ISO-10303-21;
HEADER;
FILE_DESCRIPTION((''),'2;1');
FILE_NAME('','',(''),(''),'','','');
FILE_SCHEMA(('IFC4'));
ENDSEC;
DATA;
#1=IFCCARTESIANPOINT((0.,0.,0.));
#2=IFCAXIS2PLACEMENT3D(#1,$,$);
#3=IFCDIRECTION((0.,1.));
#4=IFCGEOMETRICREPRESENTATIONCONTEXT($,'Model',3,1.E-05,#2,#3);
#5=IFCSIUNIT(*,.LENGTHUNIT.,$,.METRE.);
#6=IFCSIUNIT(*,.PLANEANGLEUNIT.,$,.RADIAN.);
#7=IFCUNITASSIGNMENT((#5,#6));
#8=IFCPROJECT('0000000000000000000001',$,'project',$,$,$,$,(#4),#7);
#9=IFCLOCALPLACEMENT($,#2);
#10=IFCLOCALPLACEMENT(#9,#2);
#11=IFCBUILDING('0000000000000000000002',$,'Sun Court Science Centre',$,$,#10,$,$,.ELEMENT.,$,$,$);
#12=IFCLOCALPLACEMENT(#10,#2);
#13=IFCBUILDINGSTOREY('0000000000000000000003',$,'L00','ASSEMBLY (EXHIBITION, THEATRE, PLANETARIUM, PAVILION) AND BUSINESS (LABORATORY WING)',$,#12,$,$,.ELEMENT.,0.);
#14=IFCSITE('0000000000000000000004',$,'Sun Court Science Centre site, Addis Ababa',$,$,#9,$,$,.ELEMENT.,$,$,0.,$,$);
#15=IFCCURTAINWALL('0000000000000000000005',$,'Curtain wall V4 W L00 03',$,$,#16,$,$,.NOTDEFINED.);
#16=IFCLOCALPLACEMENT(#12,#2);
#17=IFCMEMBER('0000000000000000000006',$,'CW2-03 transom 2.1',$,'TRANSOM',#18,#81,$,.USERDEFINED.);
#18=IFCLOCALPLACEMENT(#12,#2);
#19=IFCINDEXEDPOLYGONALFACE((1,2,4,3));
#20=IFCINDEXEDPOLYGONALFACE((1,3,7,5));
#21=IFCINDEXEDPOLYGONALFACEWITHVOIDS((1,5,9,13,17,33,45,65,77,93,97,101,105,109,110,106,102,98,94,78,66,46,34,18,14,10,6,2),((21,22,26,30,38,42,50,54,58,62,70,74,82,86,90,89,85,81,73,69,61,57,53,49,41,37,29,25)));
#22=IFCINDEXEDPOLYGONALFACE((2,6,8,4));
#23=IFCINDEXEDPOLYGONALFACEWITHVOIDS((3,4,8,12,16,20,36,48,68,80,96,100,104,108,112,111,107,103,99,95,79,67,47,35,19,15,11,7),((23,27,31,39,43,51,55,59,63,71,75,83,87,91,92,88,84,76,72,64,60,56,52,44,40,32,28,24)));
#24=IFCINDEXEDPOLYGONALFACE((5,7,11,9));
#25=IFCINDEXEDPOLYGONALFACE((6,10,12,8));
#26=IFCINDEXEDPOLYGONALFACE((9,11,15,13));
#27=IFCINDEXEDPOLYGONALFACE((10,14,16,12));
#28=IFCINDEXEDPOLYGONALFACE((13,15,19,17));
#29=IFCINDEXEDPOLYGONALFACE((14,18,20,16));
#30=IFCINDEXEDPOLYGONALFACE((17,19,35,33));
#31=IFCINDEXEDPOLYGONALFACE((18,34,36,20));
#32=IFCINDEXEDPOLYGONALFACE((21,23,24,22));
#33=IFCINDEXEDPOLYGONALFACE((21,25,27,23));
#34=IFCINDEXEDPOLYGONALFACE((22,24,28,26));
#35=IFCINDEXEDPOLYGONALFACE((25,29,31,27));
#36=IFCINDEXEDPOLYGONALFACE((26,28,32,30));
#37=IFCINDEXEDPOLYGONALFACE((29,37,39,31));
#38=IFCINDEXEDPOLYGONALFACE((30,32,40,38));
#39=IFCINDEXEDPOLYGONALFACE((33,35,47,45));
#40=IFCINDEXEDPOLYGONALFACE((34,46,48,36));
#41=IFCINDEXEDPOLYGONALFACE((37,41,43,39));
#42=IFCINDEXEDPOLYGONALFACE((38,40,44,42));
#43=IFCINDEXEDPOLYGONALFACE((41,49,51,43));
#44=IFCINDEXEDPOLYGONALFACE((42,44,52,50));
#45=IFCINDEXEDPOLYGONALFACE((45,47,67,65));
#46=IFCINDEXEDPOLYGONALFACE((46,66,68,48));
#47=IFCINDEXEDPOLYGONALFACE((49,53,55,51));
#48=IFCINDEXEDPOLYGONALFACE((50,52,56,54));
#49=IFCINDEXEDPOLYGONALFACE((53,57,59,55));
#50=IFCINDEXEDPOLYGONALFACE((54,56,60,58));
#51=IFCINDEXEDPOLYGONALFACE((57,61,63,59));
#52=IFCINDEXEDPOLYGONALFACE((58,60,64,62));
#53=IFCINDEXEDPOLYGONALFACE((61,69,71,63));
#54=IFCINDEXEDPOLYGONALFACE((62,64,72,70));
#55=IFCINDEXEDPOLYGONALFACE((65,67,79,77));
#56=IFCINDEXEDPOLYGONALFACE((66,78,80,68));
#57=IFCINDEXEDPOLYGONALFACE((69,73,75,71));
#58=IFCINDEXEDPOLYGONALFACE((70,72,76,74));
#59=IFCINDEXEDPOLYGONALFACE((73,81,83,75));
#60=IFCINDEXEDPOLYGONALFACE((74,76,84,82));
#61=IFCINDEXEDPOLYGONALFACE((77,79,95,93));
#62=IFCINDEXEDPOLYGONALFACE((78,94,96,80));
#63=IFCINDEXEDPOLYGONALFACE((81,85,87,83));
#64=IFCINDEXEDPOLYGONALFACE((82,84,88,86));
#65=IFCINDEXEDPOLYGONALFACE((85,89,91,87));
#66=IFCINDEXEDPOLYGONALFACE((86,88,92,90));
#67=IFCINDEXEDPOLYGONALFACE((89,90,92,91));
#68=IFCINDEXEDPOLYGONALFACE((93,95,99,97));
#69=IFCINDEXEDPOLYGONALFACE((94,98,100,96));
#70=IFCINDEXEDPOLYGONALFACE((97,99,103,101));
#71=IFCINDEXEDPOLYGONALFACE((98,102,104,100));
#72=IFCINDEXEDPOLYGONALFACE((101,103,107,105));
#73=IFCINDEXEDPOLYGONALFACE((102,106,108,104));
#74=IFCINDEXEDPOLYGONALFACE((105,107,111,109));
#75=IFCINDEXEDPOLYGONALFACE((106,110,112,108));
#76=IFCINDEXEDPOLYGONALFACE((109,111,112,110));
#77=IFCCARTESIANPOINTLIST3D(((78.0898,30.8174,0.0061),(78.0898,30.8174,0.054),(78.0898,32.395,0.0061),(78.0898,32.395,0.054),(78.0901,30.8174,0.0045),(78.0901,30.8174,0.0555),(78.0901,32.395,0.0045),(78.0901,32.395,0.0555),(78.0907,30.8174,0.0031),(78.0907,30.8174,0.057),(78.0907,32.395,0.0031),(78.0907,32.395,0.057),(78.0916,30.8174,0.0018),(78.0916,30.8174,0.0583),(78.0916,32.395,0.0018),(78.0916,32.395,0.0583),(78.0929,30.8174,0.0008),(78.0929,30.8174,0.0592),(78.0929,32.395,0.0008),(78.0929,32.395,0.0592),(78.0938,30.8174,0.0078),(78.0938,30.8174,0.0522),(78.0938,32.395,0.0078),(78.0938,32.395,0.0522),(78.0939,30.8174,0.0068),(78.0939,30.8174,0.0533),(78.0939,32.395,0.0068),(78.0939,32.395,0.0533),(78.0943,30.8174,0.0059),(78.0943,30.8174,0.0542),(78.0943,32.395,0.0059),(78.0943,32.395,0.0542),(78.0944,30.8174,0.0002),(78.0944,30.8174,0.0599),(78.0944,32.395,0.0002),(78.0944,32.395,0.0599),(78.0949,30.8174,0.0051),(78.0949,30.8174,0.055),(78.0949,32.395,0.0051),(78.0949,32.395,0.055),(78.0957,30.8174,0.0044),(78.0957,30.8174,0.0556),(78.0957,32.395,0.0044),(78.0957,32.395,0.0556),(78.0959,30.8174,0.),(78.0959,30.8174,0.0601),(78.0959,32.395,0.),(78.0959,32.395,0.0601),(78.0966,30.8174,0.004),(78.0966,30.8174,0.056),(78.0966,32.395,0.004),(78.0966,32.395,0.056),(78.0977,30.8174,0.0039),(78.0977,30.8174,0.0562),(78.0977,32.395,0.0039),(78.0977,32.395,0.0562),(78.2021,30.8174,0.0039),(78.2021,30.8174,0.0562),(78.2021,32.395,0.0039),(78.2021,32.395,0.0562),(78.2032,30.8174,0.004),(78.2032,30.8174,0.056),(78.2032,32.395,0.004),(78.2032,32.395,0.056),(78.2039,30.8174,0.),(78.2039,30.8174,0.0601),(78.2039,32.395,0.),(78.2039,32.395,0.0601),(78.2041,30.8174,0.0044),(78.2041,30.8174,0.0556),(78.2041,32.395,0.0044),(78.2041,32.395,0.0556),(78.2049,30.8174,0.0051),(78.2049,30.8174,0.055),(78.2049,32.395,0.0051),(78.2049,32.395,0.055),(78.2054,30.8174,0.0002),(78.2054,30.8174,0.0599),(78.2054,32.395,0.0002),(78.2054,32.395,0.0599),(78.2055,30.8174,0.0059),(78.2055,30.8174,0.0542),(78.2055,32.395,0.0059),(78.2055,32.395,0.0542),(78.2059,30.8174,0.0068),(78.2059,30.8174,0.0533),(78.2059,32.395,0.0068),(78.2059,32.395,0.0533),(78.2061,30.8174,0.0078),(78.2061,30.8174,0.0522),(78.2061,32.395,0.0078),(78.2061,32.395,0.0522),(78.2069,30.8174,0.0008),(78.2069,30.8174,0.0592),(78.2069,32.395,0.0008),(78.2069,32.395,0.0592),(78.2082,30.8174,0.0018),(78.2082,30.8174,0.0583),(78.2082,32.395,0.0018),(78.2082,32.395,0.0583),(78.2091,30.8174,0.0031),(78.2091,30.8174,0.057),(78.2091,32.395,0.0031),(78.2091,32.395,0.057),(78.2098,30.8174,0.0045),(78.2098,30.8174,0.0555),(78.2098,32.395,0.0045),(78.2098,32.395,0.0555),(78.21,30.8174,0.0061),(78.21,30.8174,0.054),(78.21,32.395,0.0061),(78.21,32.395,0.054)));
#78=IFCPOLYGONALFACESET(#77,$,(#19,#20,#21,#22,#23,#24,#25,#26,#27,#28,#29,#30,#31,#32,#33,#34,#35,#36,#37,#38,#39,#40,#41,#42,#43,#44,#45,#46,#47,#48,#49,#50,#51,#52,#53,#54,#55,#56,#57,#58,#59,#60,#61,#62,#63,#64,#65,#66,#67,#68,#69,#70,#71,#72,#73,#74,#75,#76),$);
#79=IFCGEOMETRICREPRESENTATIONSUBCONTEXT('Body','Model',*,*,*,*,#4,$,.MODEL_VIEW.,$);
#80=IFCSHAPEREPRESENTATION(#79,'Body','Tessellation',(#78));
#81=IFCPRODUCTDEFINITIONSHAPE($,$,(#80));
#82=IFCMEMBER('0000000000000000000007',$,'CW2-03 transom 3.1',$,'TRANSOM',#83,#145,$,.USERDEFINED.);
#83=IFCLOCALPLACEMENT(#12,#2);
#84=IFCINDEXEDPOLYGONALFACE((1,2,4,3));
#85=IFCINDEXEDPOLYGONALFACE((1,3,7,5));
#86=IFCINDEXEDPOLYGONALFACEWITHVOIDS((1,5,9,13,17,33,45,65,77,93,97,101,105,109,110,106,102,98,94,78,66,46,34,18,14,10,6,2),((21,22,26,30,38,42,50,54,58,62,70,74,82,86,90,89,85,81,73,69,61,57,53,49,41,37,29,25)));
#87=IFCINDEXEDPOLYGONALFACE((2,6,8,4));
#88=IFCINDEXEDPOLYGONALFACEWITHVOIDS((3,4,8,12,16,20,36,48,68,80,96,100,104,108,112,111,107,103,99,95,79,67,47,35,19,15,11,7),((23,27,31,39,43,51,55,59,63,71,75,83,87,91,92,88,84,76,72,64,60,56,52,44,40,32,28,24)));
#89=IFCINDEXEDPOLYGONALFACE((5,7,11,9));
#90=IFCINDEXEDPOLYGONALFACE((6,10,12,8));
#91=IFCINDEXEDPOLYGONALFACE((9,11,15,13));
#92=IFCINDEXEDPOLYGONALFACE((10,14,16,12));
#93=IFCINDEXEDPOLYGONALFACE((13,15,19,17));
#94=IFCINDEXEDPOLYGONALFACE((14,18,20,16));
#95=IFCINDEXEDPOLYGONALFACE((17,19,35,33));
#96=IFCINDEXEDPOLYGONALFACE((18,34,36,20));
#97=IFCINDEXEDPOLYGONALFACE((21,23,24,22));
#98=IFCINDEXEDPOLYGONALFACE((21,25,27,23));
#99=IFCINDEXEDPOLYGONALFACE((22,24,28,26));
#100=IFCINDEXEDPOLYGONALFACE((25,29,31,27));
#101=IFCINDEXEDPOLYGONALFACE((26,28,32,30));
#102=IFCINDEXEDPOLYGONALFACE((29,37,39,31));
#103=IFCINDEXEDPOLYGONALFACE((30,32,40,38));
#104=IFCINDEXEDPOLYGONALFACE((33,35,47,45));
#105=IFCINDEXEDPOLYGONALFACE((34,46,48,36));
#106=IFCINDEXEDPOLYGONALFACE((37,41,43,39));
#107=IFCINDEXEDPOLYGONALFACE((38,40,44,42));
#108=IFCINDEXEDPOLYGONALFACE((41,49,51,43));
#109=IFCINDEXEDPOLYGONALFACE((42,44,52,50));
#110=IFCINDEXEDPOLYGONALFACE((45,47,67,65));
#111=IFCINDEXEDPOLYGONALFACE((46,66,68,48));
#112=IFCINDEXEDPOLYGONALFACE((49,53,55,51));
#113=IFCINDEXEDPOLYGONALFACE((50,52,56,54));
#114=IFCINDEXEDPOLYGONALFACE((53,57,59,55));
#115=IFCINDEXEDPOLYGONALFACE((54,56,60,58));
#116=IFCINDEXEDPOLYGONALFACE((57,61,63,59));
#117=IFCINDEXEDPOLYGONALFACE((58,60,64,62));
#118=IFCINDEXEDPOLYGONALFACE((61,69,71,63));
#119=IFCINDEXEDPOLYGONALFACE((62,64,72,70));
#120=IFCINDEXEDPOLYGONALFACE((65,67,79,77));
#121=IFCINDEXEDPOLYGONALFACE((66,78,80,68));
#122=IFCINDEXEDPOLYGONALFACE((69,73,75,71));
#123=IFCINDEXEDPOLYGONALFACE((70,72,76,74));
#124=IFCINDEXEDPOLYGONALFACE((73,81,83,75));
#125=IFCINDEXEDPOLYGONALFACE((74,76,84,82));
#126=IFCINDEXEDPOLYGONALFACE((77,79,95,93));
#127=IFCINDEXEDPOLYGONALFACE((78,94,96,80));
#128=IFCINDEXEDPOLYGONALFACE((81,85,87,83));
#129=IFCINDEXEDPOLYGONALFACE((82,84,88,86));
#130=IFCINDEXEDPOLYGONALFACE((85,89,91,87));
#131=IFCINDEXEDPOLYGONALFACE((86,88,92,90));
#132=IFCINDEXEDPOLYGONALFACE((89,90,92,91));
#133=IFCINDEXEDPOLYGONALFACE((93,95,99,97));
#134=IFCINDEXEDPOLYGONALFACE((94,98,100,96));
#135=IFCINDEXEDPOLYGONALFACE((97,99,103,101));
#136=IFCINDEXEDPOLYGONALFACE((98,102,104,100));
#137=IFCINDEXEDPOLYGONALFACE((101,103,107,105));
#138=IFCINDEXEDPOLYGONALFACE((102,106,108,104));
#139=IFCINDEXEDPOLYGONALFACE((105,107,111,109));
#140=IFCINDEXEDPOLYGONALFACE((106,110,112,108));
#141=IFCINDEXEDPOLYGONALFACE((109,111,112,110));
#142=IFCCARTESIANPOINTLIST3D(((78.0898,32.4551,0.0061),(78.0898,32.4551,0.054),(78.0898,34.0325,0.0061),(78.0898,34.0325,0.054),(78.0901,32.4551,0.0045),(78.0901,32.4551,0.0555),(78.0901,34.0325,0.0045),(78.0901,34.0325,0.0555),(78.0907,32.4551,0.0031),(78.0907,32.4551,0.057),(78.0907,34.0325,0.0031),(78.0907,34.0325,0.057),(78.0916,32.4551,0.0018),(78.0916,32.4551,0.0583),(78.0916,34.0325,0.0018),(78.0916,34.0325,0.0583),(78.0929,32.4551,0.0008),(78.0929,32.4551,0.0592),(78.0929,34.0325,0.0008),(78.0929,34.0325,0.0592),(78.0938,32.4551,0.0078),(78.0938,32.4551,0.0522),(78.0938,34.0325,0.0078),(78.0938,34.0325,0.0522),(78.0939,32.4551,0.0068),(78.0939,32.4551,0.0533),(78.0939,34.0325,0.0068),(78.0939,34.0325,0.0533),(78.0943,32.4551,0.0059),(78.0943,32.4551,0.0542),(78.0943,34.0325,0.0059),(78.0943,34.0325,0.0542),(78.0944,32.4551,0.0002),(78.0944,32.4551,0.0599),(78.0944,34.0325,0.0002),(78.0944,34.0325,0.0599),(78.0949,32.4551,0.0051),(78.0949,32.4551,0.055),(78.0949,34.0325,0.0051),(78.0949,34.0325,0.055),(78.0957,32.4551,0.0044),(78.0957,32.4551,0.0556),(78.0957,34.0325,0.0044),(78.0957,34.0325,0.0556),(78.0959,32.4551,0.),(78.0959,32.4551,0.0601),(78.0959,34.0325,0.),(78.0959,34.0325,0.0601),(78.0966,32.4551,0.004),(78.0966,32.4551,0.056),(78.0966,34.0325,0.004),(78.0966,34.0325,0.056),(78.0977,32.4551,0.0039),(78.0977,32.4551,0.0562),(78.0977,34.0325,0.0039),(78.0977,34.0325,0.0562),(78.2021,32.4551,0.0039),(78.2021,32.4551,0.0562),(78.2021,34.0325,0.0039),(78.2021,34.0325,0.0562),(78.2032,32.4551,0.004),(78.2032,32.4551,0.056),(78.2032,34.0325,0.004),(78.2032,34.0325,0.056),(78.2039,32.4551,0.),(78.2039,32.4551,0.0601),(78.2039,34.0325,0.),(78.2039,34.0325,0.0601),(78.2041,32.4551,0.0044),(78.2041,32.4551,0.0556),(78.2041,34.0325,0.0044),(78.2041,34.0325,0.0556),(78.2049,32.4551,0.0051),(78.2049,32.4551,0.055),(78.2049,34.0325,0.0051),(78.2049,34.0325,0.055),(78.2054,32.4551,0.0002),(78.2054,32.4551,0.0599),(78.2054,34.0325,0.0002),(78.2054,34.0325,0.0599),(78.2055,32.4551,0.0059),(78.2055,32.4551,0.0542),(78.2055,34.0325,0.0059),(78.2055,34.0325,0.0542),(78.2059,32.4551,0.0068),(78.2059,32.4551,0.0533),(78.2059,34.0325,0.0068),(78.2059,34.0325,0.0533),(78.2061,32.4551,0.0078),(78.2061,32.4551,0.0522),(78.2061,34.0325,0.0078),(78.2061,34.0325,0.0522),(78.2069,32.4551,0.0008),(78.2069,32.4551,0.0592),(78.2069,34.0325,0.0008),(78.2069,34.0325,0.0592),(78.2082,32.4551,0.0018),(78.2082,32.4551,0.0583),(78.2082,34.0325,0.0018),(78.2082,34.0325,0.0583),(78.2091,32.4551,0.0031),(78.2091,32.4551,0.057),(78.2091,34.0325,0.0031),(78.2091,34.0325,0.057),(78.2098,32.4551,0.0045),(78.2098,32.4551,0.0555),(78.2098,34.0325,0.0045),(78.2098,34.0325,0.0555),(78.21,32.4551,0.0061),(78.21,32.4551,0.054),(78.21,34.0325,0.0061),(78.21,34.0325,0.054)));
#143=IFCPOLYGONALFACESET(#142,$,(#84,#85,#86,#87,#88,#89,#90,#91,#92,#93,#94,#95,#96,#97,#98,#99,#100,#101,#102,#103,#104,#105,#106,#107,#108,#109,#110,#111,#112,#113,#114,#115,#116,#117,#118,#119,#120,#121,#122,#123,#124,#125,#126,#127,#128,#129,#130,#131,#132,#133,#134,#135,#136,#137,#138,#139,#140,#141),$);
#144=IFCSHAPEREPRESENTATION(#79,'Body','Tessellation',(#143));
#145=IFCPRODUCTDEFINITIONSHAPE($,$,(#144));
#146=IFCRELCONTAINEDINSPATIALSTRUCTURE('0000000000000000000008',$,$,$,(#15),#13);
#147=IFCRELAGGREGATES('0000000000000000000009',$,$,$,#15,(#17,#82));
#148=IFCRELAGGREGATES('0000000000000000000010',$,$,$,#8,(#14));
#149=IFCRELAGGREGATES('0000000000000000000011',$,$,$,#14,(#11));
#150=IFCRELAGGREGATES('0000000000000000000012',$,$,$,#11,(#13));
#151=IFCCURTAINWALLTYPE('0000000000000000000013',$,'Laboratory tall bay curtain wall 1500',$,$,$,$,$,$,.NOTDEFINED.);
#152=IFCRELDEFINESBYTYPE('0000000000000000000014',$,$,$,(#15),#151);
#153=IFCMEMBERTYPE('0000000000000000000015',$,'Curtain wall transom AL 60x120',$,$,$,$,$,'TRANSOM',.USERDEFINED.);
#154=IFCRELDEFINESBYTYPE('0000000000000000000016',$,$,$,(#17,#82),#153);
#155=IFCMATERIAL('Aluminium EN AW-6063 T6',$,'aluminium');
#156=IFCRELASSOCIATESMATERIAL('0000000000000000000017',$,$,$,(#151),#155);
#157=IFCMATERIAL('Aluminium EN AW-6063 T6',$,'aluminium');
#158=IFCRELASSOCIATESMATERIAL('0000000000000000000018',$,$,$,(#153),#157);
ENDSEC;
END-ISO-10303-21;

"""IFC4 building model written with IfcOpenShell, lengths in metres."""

from ifc_helpers import new_model, si_unit, direction, frame, origin, origin_2d, place, context, subcontext, project, spatial, hollow_rectangle, extrude, material, material_profile, profile_set, type_object, element, aggregate, save


model = new_model("IFC4")

# Units and contexts
model_context = context("Model", 3, precision=1e-05, world=origin(), true_north=direction((0.0, 1.0)))
body_context = subcontext(model_context, "Body", "Model", "MODEL_VIEW")
ifc_project = project(units=[si_unit("LENGTHUNIT", "METRE"), si_unit("PLANEANGLEUNIT", "RADIAN")], contexts=[model_context])

# Site, building, storey
site_placement = place(None, origin())
site = spatial("IfcSite", under=ifc_project, at=site_placement, Name="Sun Court Science Centre site, Addis Ababa", CompositionType="ELEMENT", RefElevation=0.0)
building_placement = place(site_placement, origin())
building = spatial("IfcBuilding", under=site, at=building_placement, Name="Sun Court Science Centre", CompositionType="ELEMENT")
storey_placement = place(building_placement, origin())
storey = spatial("IfcBuildingStorey", under=building, at=storey_placement, Name="L00", Description="ASSEMBLY (EXHIBITION, THEATRE, PLANETARIUM, PAVILION) AND BUSINESS (LABORATORY WING)", CompositionType="ELEMENT", Elevation=0.0)

# Curtain wall, members
ifc_material_1 = material(Name="Aluminium EN AW-6063 T6", Category="aluminium")
curtain_wall_type = type_object("IfcCurtainWallType", Name="Laboratory tall bay curtain wall 1500", PredefinedType="NOTDEFINED", material=ifc_material_1)
curtain_wall_placement = place(storey_placement, origin())
curtain_wall = element("IfcCurtainWall", 1, at=curtain_wall_placement, inside=storey, type_object=curtain_wall_type, Name="Curtain wall V4 W L00 03", PredefinedType="NOTDEFINED")
ifc_material_2 = material(Name="Aluminium EN AW-6063 T6", Category="aluminium")
ifc_material_profile_1 = material_profile(ifc_material_2, hollow_rectangle(XDim=0.0601, YDim=0.1201, WallThickness=0.0039, InnerFilletRadius=0.0039, OuterFilletRadius=0.0061, at=origin_2d()), Name="AL 60x120x4")
ifc_profile_set_1 = profile_set([ifc_material_profile_1], Name="Aluminium EN AW-6063 T6")
member_type_1 = type_object("IfcMemberType", Name="Curtain wall transom AL 60x120", ElementType="TRANSOM", PredefinedType="USERDEFINED", material=ifc_profile_set_1)
member_1_placement = place(storey_placement, frame((78.1499, 30.8174, 0.03), z_axis=(0.0, 1.0, 0.0), x_axis=(0.0, 0.0, 1.0)))
member_1 = element("IfcMember", 2, at=member_1_placement, type_object=member_type_1, Name="CW2-03 transom 2.1", ObjectType="TRANSOM", PredefinedType="USERDEFINED", context=body_context, shape_type="SweptSolid", body=[
    extrude(hollow_rectangle(XDim=0.0601, YDim=0.1201, WallThickness=0.0039, InnerFilletRadius=0.0039, OuterFilletRadius=0.0061, at=origin_2d()), origin(), (0.0, 0.0, 1.0), 1.5776),
])
member_2_placement = place(storey_placement, frame((78.1499, 32.4551, 0.03), z_axis=(0.0, 1.0, 0.0), x_axis=(0.0, 0.0, 1.0)))
member_2 = element("IfcMember", 3, at=member_2_placement, type_object=member_type_1, Name="CW2-03 transom 3.1", ObjectType="TRANSOM", PredefinedType="USERDEFINED", context=body_context, shape_type="SweptSolid", body=[
    extrude(hollow_rectangle(XDim=0.0601, YDim=0.1201, WallThickness=0.0039, InnerFilletRadius=0.0039, OuterFilletRadius=0.0061, at=origin_2d()), origin(), (0.0, 0.0, 1.0), 1.5774),
])
aggregate(curtain_wall, [member_1, member_2])

save(model, "model.ifc")
